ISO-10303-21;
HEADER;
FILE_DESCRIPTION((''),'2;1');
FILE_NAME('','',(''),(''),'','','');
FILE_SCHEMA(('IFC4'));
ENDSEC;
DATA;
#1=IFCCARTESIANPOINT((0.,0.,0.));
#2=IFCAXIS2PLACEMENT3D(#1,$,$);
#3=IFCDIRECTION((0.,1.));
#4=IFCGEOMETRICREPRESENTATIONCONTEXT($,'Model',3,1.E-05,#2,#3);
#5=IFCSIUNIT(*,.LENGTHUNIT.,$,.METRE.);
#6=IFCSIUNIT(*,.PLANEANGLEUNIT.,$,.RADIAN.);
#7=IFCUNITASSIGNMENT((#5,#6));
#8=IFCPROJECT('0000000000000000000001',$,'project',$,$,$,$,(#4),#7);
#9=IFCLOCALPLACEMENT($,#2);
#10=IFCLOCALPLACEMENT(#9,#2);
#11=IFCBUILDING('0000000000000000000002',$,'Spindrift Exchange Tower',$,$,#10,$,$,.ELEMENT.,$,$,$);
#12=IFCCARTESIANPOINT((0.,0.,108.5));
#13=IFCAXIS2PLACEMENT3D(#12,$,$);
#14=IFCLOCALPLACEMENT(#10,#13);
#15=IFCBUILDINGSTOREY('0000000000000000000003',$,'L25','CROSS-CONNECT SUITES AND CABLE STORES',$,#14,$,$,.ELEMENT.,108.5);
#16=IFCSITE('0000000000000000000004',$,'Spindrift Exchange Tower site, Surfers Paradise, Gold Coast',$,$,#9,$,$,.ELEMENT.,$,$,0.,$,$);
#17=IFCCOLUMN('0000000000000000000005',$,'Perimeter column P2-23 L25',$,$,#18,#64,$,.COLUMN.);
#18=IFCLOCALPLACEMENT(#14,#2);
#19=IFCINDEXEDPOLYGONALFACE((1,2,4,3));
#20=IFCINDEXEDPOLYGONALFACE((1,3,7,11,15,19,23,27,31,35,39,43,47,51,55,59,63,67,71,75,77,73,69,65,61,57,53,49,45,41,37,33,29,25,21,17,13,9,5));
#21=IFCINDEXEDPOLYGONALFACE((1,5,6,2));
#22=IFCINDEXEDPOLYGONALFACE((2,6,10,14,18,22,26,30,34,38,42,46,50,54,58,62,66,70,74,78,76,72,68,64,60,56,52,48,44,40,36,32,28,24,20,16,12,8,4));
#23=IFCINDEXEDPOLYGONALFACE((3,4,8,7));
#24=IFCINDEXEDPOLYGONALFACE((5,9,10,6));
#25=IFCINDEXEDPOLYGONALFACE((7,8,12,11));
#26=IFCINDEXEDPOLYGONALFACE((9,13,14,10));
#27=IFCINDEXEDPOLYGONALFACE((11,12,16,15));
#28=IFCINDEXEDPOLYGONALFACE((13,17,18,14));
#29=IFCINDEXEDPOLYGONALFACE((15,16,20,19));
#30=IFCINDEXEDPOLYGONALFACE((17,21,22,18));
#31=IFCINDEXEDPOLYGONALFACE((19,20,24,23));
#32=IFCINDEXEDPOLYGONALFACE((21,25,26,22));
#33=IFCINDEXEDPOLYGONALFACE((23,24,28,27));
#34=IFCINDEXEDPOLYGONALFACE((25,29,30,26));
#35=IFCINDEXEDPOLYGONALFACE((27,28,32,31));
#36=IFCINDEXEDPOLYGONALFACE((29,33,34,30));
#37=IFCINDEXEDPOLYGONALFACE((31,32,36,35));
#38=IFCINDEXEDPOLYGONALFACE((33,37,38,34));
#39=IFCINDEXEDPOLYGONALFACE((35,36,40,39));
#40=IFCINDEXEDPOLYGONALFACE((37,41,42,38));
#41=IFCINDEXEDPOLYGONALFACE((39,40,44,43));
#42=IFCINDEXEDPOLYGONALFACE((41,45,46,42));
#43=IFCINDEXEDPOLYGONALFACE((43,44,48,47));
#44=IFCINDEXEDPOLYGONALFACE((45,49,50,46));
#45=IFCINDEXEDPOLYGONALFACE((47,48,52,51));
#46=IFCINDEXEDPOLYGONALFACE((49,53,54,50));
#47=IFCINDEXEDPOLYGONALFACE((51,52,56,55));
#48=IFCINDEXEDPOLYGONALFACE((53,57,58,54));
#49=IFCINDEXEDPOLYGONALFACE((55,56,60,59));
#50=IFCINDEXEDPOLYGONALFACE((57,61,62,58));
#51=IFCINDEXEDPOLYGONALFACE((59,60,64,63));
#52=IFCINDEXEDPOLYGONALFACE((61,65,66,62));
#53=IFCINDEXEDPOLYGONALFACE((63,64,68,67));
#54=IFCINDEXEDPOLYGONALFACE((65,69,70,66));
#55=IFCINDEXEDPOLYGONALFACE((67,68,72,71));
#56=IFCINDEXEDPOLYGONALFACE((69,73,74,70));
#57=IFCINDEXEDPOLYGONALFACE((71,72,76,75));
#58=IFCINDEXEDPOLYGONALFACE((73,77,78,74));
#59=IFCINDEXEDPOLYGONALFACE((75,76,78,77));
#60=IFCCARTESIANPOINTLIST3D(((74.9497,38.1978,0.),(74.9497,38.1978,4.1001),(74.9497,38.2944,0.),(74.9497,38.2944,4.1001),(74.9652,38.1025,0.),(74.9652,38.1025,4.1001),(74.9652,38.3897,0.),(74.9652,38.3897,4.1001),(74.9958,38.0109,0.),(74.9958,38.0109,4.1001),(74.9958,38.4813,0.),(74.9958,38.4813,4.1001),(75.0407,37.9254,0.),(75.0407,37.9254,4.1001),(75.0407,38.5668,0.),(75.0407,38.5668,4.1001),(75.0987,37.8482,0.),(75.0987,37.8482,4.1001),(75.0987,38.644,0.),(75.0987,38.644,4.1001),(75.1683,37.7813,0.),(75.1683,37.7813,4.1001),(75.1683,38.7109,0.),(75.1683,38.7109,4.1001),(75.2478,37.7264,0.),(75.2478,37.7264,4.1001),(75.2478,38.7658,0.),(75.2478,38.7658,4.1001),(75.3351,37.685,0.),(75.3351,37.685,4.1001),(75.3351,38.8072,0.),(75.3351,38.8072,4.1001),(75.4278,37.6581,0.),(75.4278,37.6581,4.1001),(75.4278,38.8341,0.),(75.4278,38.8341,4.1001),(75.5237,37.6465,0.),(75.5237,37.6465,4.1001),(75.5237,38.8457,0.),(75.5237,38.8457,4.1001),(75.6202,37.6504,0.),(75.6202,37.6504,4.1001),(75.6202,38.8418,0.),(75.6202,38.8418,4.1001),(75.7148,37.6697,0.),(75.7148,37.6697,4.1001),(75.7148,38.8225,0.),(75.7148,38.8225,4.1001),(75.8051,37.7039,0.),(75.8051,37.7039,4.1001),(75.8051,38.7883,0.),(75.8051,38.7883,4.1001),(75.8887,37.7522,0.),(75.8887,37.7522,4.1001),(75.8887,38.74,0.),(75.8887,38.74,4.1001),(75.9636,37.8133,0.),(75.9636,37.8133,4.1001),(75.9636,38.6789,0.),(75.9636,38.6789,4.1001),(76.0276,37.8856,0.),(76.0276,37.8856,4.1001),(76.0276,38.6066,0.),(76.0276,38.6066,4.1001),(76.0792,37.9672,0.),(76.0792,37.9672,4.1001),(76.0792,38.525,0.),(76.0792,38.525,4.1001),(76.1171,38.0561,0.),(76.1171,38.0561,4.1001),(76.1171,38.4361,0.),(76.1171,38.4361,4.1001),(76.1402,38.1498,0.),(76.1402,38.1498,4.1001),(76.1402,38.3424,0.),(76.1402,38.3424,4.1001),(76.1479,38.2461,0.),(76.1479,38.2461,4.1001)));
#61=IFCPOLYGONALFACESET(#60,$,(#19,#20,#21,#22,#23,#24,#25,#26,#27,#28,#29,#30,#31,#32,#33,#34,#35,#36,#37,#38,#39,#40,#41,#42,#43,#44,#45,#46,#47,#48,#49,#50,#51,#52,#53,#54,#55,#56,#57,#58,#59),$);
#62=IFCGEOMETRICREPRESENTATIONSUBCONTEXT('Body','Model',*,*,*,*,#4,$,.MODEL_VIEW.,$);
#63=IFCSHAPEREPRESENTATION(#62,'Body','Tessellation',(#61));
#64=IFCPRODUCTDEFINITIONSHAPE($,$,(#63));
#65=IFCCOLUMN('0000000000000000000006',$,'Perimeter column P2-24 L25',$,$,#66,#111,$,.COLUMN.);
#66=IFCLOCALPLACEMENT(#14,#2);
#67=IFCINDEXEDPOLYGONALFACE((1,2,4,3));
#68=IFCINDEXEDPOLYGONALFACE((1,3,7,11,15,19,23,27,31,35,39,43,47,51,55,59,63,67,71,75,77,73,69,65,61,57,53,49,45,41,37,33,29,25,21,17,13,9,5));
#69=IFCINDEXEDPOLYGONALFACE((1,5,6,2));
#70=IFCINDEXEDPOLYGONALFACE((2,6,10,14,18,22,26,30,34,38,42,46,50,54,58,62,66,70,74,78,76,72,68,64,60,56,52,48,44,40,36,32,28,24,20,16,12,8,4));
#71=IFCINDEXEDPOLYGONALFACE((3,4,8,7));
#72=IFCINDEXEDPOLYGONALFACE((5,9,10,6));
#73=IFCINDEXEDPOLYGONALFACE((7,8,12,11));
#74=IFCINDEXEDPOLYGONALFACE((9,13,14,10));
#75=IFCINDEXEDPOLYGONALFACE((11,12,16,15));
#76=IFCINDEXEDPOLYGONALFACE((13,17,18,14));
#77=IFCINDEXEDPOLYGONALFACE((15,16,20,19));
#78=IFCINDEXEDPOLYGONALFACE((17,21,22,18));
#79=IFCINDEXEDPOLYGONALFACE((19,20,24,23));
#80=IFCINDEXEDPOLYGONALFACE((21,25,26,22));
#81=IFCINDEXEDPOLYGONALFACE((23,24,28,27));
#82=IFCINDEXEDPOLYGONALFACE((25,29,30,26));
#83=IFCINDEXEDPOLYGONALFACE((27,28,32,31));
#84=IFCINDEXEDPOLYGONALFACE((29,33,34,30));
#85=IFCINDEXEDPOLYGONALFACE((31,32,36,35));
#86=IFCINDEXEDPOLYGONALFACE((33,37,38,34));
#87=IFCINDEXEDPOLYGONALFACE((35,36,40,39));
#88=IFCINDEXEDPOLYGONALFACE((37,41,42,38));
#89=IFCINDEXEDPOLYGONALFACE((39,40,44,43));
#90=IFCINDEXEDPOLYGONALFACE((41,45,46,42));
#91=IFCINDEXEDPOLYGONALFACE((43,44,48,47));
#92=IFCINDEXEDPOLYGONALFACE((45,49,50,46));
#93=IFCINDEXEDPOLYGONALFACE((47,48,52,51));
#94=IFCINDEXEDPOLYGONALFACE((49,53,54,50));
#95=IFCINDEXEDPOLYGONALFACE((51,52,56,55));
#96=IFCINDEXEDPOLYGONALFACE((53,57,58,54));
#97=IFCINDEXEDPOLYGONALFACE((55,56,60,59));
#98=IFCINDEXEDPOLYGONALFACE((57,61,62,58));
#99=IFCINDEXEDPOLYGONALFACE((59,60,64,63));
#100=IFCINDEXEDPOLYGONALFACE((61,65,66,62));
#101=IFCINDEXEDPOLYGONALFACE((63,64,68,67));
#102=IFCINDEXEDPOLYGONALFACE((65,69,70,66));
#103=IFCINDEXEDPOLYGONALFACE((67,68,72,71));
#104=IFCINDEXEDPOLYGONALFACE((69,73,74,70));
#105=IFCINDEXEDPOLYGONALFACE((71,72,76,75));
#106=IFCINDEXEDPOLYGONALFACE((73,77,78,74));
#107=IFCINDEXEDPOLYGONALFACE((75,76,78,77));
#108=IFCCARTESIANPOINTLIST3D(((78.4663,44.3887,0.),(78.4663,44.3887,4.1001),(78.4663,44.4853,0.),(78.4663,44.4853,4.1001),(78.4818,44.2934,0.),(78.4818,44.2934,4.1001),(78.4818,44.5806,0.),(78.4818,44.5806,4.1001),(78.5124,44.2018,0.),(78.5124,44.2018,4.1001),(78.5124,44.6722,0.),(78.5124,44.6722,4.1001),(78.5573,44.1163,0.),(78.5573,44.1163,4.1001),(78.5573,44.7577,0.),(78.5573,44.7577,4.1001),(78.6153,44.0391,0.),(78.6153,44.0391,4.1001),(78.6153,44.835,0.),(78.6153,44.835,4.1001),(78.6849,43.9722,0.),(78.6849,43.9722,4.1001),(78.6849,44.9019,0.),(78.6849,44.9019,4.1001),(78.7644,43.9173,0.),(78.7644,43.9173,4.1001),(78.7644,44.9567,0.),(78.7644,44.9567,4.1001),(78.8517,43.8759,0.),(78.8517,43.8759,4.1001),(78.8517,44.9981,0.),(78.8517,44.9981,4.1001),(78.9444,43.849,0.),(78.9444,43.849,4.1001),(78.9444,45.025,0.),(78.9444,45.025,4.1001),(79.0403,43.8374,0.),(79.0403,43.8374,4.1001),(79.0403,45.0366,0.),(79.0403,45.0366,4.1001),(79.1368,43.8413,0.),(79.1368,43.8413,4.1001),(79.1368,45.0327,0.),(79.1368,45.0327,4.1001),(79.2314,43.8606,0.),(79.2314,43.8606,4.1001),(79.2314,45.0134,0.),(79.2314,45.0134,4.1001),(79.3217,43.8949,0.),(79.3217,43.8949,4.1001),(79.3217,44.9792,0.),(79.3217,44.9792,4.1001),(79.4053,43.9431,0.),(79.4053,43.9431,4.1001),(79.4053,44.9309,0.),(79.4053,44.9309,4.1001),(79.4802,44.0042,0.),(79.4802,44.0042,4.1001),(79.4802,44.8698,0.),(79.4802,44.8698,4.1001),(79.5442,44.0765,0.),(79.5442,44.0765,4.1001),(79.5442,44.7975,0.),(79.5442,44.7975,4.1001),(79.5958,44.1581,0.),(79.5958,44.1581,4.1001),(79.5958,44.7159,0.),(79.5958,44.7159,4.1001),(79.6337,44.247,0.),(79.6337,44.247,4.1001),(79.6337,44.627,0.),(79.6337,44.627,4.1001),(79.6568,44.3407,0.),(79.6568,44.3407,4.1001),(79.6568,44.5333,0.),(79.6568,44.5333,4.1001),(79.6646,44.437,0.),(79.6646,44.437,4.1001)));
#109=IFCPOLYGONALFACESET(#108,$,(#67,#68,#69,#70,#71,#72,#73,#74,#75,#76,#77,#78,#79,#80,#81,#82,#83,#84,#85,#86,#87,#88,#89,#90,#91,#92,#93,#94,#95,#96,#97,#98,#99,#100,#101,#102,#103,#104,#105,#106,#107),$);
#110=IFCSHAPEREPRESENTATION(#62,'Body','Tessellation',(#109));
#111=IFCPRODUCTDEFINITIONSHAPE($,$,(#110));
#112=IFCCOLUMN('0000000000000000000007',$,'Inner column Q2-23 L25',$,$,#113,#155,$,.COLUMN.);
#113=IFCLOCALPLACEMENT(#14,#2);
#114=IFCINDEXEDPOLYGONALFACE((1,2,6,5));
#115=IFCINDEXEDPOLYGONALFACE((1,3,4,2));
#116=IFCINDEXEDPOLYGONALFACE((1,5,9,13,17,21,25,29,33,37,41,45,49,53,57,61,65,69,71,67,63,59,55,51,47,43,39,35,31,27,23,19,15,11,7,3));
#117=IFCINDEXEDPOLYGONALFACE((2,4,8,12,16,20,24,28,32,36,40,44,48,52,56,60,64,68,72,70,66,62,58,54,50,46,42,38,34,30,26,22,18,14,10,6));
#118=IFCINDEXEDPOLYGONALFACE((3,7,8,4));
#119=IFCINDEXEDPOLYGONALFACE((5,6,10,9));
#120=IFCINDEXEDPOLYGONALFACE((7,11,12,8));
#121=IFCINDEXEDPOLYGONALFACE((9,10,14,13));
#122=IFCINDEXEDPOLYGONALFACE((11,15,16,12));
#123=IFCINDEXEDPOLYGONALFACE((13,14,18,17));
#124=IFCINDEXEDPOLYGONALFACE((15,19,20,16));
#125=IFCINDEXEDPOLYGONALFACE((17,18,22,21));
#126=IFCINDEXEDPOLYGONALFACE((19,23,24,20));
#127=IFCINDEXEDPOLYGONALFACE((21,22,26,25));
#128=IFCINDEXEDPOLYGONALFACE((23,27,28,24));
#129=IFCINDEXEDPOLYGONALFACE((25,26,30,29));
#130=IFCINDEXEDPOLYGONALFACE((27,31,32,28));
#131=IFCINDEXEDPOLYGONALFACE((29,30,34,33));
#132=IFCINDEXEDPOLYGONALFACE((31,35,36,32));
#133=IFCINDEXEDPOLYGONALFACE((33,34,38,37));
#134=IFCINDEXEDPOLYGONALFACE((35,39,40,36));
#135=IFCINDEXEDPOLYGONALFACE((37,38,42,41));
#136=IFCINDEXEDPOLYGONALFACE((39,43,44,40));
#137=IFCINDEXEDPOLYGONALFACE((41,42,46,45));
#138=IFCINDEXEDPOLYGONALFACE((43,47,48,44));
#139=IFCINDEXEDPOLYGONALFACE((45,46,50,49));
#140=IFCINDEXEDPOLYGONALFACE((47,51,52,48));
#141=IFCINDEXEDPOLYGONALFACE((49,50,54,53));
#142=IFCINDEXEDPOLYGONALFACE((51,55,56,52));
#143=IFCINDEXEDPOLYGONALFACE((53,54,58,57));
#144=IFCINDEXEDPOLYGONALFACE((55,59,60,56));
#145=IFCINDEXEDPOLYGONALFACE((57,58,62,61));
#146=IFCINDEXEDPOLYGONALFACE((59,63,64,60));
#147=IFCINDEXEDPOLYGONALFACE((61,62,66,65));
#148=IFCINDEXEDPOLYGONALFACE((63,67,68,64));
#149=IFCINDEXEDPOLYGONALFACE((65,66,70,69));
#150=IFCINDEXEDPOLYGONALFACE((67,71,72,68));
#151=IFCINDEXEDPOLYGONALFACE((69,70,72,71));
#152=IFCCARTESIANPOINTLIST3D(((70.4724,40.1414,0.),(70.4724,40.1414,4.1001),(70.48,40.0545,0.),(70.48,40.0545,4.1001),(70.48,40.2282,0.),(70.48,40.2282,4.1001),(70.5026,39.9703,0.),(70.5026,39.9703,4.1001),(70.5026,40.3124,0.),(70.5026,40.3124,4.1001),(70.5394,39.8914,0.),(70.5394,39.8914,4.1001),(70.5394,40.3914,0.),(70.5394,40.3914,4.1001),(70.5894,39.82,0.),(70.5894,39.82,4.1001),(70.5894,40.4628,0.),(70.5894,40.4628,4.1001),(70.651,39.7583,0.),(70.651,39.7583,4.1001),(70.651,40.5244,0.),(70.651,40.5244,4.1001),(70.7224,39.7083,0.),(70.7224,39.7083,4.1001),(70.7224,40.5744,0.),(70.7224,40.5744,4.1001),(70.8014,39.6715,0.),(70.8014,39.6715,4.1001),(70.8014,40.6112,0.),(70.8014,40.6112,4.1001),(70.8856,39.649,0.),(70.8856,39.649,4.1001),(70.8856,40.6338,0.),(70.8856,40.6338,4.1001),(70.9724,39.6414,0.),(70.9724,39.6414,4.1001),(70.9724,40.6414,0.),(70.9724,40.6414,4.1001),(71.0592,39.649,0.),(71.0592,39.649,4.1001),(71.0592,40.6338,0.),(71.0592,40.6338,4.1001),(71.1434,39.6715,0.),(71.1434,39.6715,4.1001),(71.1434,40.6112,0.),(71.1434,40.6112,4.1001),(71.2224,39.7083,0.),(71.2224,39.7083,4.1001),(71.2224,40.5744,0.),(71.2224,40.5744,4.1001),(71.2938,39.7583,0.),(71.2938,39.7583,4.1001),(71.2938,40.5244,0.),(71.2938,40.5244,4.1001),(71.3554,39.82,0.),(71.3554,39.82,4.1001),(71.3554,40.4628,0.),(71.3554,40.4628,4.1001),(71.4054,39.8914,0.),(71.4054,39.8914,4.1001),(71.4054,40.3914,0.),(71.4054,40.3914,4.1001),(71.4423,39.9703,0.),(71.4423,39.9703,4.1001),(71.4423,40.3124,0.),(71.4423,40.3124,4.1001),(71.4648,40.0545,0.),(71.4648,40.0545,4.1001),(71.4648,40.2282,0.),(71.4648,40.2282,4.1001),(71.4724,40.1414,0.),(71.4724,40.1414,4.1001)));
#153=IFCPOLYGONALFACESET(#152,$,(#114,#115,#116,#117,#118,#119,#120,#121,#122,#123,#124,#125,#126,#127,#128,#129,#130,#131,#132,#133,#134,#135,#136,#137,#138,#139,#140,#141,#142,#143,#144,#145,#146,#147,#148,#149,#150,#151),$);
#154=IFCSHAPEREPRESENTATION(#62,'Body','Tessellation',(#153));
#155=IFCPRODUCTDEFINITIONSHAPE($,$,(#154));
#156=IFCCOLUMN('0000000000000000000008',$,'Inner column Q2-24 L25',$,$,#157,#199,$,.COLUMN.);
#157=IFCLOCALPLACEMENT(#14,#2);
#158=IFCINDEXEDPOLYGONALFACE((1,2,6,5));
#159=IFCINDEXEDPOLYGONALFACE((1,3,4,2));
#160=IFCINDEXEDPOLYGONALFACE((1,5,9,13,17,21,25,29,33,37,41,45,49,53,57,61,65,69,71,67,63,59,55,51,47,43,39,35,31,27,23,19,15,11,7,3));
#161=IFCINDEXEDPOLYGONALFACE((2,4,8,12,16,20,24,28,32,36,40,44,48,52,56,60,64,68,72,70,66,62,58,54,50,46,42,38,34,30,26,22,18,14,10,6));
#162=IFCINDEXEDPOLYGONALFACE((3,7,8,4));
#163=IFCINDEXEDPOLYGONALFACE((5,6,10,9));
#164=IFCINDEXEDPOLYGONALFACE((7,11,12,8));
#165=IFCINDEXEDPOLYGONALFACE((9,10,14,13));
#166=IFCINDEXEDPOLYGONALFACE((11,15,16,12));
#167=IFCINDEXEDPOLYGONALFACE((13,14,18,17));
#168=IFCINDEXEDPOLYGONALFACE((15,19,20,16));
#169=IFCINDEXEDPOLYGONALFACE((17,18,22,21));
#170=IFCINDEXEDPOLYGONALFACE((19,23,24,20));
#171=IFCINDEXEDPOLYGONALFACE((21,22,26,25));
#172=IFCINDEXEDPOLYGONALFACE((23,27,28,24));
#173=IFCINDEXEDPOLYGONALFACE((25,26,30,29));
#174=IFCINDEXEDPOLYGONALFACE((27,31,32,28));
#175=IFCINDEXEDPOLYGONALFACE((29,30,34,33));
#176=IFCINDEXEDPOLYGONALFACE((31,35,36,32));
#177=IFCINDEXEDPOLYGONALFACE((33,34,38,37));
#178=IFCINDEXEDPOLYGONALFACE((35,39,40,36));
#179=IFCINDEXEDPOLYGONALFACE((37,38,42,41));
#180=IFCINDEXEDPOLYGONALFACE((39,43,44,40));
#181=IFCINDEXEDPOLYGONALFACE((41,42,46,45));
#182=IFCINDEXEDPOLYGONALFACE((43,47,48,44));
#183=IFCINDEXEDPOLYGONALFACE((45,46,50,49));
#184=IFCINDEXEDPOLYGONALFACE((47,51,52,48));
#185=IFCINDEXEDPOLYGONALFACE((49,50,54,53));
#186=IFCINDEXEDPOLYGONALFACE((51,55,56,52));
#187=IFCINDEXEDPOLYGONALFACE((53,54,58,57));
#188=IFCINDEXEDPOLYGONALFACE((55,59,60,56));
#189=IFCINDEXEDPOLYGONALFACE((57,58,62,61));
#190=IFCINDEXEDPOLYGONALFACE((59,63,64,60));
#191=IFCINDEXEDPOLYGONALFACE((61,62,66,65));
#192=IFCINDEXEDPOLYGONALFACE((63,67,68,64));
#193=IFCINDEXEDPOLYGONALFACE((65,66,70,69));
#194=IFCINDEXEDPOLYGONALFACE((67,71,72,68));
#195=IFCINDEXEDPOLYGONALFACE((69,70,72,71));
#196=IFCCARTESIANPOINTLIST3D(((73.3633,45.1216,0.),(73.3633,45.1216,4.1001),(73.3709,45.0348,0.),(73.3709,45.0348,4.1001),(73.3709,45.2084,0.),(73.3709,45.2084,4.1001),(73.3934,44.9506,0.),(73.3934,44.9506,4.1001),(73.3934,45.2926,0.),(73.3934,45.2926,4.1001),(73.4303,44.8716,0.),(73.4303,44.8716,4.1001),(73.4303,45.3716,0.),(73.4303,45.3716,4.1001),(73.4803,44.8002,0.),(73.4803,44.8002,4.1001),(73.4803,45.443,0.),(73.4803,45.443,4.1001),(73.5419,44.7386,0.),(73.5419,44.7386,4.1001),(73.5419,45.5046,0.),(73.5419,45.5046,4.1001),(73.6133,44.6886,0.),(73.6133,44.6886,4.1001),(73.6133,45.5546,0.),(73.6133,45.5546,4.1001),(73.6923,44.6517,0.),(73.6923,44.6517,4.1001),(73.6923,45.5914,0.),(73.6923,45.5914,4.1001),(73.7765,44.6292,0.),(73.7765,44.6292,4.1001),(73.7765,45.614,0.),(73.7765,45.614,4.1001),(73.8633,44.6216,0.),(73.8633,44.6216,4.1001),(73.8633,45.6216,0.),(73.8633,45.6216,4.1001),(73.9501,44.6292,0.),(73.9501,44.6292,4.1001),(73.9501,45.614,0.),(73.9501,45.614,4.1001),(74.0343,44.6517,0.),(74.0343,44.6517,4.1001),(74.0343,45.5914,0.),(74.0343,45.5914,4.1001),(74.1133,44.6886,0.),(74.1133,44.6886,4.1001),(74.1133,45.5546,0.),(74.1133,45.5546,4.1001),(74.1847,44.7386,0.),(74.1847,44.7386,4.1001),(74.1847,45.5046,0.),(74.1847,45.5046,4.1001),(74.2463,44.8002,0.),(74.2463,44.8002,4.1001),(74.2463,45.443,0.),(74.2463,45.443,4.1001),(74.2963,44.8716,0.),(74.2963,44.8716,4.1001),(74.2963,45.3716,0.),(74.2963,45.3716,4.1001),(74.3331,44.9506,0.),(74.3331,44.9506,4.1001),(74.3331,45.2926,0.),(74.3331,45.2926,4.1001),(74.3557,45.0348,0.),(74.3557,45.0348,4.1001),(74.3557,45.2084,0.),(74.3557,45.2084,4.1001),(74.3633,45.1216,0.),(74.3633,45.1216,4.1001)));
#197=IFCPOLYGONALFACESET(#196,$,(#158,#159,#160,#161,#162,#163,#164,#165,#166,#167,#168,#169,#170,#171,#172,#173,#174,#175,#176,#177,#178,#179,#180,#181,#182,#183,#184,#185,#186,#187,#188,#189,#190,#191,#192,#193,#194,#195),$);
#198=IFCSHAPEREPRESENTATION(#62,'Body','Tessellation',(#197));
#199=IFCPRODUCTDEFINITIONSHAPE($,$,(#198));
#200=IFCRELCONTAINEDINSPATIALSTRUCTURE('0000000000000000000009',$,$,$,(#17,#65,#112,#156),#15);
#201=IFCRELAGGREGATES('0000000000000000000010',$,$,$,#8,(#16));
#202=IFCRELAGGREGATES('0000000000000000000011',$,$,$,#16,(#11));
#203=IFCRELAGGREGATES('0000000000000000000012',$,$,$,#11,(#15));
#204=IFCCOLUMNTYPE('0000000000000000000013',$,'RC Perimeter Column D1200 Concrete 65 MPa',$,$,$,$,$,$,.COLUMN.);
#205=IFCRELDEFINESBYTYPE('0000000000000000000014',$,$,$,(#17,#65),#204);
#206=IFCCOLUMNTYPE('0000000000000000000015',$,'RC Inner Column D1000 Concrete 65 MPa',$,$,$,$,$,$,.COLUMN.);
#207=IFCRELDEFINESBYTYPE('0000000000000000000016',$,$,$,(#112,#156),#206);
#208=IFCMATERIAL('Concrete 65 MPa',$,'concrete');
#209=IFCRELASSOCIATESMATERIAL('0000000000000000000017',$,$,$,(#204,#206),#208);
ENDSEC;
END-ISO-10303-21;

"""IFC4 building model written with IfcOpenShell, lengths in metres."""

from ifc_helpers import new_model, si_unit, direction, frame, origin, origin_2d, place, context, subcontext, project, spatial, circle, extrude, source, transform, mapped, material, material_profile, profile_set, type_object, element, save


model = new_model("IFC4")

# Units and contexts
model_context = context("Model", 3, precision=1e-05, world=origin(), true_north=direction((0.0, 1.0)))
body_context = subcontext(model_context, "Body", "Model", "MODEL_VIEW")
ifc_project = project(units=[si_unit("LENGTHUNIT", "METRE"), si_unit("PLANEANGLEUNIT", "RADIAN")], contexts=[model_context])

# Site, building, storey
site_placement = place(None, origin())
site = spatial("IfcSite", under=ifc_project, at=site_placement, Name="Spindrift Exchange Tower site, Surfers Paradise, Gold Coast", CompositionType="ELEMENT", RefElevation=0.0)
building_placement = place(site_placement, origin())
building = spatial("IfcBuilding", under=site, at=building_placement, Name="Spindrift Exchange Tower", CompositionType="ELEMENT")
storey_placement = place(building_placement, frame((0.0, 0.0, 108.5)))
storey = spatial("IfcBuildingStorey", under=building, at=storey_placement, Name="L25", Description="CROSS-CONNECT SUITES AND CABLE STORES", CompositionType="ELEMENT", Elevation=108.5)

# Columns
ifc_material_1 = material(Name="Concrete 65 MPa", Category="concrete")
ifc_material_profile_1 = material_profile(ifc_material_1, circle(Radius=0.6001, at=origin_2d()), Name="RC D1200")
ifc_profile_set_1 = profile_set([ifc_material_profile_1], Name="Concrete 65 MPa")
column_type_1 = type_object("IfcColumnType", Name="RC Perimeter Column D1200 Concrete 65 MPa", PredefinedType="COLUMN", material=ifc_profile_set_1)
shared_shape_1 = source(origin(), body_context, "Body", "SweptSolid", [
    extrude(circle(Radius=0.6001, at=origin_2d()), origin(), (0.0, 0.0, 1.0), 4.1001),
])
for number, where, z_axis, x_axis, name in (
    (1, (75.5479, 38.2461, 0.0), (0.0, 0.0, 1.0), (1.0, 0.0, 0.0), "Perimeter column P2-23 L25"),
    (2, (79.0645, 44.437, 0.0), (0.0, 0.0, 1.0), (1.0, 0.0, 0.0), "Perimeter column P2-24 L25"),
):
    element("IfcColumn", number, at=place(storey_placement, frame(where, z_axis=z_axis, x_axis=x_axis)), inside=storey, type_object=column_type_1, Name=name, PredefinedType="COLUMN", context=body_context, shape_type="MappedRepresentation", body=[
        mapped(shared_shape_1, transform((0.0, 0.0, 0.0), scale=1.0)),
    ])
ifc_material_profile_2 = material_profile(ifc_material_1, circle(Radius=0.5, at=origin_2d()), Name="RC D1000")
ifc_profile_set_2 = profile_set([ifc_material_profile_2], Name="Concrete 65 MPa")
column_type_2 = type_object("IfcColumnType", Name="RC Inner Column D1000 Concrete 65 MPa", PredefinedType="COLUMN", material=ifc_profile_set_2)
shared_shape_2 = source(origin(), body_context, "Body", "SweptSolid", [
    extrude(circle(Radius=0.5, at=origin_2d()), origin(), (0.0, 0.0, 1.0), 4.1001),
])
for number, where, z_axis, x_axis, name in (
    (3, (70.9724, 40.1414, 0.0), (0.0, 0.0, 1.0), (1.0, 0.0, 0.0), "Inner column Q2-23 L25"),
    (4, (73.8633, 45.1216, 0.0), (0.0, 0.0, 1.0), (1.0, 0.0, 0.0), "Inner column Q2-24 L25"),
):
    element("IfcColumn", number, at=place(storey_placement, frame(where, z_axis=z_axis, x_axis=x_axis)), inside=storey, type_object=column_type_2, Name=name, PredefinedType="COLUMN", context=body_context, shape_type="MappedRepresentation", body=[
        mapped(shared_shape_2, transform((0.0, 0.0, 0.0), scale=1.0)),
    ])

save(model, "model.ifc")
